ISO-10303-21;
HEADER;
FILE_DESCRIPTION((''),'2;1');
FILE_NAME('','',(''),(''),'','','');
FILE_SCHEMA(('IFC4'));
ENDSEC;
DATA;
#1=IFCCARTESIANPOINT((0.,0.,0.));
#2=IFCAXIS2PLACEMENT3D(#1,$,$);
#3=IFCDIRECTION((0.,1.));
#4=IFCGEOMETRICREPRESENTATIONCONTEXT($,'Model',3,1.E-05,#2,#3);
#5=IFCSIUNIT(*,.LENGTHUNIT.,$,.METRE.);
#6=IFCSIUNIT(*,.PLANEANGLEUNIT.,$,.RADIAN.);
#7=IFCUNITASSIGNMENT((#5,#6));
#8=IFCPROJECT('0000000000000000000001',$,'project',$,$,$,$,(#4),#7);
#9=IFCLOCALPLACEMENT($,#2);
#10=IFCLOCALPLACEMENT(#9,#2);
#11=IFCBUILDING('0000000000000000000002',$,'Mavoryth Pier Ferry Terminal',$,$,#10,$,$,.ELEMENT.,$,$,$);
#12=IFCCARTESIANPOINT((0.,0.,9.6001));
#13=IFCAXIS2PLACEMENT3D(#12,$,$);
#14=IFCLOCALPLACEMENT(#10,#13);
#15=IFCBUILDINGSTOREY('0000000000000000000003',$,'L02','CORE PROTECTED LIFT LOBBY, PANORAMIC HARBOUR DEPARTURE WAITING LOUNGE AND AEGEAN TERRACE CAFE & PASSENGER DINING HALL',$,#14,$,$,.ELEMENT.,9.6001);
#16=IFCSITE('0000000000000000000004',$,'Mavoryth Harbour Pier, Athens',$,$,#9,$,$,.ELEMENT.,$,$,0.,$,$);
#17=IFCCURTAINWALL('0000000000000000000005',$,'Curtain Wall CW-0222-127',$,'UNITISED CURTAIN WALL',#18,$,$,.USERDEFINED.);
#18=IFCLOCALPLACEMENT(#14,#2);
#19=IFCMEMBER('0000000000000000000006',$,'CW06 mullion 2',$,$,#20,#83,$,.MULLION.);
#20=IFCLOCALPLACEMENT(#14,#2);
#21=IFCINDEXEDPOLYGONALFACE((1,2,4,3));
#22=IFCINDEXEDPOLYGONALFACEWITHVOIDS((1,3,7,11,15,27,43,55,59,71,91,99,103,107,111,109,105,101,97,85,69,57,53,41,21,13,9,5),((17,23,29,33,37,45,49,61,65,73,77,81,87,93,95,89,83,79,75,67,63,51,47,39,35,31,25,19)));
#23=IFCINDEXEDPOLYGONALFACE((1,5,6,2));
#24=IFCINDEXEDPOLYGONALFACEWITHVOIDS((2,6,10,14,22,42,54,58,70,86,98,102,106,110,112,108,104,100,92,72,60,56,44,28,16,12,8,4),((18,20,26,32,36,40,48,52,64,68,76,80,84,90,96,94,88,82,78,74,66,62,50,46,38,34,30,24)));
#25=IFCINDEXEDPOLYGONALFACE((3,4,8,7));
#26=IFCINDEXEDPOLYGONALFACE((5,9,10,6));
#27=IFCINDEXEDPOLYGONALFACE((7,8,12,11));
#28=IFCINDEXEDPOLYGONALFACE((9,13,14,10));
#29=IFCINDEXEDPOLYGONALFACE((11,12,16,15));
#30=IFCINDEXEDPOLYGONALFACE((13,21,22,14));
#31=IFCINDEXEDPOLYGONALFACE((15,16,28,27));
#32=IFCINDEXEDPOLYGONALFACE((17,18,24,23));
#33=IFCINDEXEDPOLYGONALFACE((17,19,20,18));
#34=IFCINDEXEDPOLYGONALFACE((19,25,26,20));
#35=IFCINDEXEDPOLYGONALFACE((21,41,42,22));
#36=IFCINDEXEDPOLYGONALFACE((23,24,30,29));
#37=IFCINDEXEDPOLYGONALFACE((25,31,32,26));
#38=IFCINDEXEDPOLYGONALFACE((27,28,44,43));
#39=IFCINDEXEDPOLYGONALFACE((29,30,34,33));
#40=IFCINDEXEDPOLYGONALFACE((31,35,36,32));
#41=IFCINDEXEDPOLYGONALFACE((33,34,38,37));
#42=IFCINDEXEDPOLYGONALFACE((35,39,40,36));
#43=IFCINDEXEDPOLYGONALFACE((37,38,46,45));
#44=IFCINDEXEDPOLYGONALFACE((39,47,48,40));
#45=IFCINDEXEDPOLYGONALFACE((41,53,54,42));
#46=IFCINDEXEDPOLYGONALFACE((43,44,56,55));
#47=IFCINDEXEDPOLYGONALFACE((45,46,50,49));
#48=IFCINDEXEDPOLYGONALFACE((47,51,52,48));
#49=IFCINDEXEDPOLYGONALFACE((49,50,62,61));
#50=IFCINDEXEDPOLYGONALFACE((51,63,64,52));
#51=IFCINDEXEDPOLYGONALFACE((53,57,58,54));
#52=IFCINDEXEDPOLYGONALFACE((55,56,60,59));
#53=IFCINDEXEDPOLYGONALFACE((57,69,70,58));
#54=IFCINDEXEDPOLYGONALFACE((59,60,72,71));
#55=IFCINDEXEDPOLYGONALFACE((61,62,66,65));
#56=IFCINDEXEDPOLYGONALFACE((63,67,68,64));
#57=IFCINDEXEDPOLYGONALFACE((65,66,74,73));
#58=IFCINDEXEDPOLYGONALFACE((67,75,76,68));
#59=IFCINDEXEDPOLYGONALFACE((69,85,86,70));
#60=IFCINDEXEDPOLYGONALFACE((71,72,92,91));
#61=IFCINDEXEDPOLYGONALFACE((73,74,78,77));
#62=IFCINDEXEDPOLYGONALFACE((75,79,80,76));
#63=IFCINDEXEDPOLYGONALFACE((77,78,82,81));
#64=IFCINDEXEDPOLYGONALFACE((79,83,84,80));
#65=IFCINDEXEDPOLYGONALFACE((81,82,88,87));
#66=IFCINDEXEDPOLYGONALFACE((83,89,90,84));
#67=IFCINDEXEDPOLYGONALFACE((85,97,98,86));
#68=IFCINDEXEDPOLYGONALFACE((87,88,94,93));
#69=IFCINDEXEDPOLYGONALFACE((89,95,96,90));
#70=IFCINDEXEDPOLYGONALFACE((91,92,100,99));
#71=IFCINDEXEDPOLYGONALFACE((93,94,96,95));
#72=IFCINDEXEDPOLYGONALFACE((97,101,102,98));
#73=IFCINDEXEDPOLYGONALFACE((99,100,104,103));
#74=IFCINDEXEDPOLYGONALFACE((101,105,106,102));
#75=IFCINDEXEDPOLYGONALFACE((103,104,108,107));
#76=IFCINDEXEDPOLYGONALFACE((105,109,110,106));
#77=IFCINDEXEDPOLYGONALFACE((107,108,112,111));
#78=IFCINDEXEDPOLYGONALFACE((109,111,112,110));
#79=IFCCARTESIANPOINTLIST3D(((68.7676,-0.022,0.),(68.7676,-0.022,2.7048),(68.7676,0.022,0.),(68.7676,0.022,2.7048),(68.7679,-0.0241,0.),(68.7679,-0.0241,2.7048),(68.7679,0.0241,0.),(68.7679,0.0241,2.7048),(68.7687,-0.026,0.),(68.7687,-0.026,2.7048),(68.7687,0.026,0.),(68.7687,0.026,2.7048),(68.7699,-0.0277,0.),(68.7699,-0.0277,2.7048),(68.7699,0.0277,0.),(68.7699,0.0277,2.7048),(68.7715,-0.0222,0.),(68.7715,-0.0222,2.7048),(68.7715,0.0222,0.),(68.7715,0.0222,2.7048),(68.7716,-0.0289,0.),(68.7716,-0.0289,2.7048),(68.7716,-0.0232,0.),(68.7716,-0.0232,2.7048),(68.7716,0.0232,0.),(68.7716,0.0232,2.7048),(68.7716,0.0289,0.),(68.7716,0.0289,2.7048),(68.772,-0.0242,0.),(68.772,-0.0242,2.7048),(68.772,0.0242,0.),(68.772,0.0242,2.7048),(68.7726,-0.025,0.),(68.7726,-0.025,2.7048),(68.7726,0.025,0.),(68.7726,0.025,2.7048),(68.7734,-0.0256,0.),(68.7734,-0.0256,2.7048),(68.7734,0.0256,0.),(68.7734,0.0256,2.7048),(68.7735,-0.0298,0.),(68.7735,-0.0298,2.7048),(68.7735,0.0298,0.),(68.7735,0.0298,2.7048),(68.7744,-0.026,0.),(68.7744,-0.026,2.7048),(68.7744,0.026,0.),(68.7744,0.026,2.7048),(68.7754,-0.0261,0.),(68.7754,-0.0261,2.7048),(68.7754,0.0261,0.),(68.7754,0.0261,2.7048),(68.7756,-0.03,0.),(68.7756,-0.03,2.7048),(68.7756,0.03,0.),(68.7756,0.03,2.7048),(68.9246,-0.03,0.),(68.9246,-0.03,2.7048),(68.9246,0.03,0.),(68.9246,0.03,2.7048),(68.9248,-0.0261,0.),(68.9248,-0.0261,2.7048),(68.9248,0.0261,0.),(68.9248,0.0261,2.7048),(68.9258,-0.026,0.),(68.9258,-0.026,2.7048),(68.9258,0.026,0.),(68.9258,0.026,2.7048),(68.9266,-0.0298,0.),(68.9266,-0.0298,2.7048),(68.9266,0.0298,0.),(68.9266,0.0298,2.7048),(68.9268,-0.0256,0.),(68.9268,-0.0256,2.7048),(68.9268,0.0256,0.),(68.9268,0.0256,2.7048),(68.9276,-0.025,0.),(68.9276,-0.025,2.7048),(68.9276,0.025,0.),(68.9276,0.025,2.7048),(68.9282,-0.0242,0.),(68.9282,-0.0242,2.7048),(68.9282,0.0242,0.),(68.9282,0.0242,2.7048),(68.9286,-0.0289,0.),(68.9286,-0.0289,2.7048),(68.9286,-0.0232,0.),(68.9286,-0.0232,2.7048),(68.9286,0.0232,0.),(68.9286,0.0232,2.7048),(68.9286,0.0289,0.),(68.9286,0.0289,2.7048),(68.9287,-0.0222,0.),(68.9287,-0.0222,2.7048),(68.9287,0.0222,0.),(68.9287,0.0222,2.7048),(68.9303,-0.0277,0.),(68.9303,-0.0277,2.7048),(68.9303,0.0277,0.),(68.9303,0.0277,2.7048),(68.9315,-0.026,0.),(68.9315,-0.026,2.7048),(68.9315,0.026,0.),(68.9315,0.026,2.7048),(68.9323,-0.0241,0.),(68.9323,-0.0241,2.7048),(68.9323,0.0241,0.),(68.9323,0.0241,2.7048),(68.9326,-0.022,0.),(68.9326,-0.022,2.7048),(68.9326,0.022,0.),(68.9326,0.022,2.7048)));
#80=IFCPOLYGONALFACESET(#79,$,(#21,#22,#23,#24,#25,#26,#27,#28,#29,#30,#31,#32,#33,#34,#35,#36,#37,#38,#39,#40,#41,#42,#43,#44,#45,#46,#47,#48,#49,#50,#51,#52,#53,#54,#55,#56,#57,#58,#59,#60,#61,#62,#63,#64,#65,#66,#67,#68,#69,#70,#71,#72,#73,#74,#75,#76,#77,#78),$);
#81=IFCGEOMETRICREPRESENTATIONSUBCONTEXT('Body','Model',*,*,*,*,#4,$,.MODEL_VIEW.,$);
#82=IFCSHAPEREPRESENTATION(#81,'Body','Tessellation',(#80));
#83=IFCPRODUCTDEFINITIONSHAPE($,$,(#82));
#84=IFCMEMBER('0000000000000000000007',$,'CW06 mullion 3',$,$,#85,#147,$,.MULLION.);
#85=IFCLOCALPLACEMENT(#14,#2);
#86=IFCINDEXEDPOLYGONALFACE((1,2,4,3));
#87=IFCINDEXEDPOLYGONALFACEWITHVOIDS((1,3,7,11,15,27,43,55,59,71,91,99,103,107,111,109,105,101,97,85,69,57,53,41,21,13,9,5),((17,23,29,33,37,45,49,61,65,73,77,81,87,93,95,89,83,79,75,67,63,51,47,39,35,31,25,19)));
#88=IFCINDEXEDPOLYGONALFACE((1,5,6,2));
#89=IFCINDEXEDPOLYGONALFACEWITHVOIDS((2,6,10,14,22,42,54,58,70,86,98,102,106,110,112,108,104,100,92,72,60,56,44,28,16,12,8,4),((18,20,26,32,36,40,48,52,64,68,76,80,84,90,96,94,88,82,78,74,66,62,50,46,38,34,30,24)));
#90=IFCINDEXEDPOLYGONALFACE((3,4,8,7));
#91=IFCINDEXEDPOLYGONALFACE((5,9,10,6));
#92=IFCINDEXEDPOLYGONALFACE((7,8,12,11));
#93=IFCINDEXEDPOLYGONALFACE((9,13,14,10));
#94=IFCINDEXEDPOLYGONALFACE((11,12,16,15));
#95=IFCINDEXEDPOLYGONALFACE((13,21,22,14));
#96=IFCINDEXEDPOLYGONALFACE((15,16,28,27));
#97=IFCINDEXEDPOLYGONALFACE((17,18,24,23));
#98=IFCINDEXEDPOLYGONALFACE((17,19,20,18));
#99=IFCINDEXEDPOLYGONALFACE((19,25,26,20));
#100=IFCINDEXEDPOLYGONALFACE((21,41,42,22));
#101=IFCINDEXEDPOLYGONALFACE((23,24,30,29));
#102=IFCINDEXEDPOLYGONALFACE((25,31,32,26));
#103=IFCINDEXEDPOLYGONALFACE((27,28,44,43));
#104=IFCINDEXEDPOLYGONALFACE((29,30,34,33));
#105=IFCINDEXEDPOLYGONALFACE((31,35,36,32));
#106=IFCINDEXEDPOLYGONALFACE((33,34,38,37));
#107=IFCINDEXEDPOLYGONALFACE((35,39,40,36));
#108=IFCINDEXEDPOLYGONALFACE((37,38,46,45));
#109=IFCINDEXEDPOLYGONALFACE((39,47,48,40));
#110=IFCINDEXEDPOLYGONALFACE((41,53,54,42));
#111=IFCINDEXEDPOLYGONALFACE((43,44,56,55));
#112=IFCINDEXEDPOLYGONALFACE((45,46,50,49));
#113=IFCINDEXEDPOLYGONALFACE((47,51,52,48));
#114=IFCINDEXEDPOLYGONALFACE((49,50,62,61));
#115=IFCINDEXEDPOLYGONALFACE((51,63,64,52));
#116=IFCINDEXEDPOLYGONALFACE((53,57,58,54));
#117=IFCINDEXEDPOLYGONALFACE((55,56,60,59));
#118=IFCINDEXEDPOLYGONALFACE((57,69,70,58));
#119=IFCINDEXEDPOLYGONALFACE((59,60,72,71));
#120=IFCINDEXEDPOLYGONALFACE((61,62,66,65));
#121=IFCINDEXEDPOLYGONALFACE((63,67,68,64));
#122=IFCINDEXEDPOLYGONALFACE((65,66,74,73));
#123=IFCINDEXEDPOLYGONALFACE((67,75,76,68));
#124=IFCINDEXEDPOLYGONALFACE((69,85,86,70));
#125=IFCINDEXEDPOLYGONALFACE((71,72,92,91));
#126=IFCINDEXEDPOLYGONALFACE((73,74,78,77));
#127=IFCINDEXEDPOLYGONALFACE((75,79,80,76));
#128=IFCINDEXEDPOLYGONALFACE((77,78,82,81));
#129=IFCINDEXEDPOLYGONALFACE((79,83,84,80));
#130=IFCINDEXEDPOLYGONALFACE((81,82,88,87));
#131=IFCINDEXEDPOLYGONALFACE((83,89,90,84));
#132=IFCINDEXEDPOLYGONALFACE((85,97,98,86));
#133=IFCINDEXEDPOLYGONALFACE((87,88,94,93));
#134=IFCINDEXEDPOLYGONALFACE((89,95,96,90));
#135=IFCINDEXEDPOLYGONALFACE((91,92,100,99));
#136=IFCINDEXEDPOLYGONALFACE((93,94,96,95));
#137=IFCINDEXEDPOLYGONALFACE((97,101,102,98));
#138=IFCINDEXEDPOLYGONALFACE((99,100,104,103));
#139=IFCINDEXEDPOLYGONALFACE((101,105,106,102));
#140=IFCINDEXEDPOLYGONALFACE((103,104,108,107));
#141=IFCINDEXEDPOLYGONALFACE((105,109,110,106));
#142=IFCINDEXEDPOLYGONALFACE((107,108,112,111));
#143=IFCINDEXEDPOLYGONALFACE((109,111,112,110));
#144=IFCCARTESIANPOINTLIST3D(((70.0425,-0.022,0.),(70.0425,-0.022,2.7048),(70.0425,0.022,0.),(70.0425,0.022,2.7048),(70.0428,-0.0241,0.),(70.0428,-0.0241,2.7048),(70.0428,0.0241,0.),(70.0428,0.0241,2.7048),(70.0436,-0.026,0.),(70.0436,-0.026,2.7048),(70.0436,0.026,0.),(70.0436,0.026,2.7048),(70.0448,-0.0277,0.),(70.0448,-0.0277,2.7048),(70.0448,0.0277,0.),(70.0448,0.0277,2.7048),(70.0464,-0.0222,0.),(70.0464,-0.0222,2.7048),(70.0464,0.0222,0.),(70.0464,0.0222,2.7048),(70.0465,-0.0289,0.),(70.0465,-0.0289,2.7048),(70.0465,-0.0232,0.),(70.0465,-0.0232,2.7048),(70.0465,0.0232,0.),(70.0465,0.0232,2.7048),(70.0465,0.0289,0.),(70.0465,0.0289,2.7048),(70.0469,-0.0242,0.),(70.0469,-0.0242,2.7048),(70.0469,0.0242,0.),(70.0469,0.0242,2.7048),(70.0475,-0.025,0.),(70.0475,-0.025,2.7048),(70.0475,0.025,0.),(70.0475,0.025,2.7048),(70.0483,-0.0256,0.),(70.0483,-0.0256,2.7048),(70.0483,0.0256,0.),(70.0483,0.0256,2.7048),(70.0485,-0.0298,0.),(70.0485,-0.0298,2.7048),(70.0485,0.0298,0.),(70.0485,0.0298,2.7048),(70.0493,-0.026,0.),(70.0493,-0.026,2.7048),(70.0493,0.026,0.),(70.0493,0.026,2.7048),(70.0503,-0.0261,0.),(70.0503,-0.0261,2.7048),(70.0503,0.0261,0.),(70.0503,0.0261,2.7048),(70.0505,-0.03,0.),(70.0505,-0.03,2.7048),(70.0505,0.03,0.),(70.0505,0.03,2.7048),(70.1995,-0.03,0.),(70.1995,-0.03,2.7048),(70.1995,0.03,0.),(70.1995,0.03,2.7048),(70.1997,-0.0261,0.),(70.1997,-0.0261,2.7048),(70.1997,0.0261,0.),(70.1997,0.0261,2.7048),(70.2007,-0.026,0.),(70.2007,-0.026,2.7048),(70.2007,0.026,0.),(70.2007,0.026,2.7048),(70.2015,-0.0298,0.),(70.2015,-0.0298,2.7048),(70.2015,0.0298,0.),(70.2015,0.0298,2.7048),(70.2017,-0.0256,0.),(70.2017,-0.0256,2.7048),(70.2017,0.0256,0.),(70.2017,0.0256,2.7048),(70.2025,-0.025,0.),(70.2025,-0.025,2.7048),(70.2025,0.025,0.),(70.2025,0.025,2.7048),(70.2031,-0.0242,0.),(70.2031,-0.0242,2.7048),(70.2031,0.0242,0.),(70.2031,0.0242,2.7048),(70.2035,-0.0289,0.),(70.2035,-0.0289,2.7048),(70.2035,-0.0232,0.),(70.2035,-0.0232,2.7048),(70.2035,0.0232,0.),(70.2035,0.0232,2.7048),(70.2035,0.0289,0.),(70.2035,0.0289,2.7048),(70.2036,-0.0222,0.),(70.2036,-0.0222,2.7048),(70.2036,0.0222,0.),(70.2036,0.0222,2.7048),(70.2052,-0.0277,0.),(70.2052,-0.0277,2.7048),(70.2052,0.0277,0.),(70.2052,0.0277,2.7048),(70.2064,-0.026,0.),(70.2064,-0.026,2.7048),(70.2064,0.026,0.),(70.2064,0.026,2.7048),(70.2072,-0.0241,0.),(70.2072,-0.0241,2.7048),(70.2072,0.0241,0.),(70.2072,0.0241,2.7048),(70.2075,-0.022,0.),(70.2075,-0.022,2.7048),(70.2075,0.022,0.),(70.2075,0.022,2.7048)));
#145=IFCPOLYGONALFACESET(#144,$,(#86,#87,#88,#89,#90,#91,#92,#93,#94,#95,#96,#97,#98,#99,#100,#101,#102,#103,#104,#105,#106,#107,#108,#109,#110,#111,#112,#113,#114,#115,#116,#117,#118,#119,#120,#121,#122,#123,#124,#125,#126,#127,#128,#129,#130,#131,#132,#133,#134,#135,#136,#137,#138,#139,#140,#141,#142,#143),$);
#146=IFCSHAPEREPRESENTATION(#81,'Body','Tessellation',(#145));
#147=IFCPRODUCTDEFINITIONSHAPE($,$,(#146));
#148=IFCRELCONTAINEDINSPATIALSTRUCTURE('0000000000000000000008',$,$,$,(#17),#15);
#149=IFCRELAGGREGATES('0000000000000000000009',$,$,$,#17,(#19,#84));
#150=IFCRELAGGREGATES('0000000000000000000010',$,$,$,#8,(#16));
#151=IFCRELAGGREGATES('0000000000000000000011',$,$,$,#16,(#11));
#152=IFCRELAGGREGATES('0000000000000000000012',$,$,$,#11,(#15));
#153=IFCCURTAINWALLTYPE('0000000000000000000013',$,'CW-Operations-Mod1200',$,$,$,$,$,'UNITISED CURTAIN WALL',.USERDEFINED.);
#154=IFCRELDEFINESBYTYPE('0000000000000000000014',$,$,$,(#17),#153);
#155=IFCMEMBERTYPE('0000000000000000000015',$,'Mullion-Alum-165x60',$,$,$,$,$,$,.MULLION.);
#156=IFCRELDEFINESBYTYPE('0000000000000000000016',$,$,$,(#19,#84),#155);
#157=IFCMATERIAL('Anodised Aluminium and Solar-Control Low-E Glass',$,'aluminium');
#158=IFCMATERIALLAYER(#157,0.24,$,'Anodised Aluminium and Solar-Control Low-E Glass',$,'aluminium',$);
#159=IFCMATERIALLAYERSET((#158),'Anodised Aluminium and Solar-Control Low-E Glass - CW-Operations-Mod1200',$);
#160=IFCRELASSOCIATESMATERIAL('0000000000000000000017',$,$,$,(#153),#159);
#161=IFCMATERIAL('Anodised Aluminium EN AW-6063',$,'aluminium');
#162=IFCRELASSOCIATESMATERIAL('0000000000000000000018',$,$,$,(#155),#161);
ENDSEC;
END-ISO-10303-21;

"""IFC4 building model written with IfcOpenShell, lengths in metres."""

from ifc_helpers import new_model, si_unit, direction, frame, origin, origin_2d, place, context, subcontext, project, spatial, hollow_rectangle, extrude, material, layer, layer_set, material_profile, profile_set, type_object, element, aggregate, save


model = new_model("IFC4")

# Units and contexts
model_context = context("Model", 3, precision=1e-05, world=origin(), true_north=direction((0.0, 1.0)))
body_context = subcontext(model_context, "Body", "Model", "MODEL_VIEW")
ifc_project = project(units=[si_unit("LENGTHUNIT", "METRE"), si_unit("PLANEANGLEUNIT", "RADIAN")], contexts=[model_context])

# Site, building, storey
site_placement = place(None, origin())
site = spatial("IfcSite", under=ifc_project, at=site_placement, Name="Mavoryth Harbour Pier, Athens", CompositionType="ELEMENT", RefElevation=0.0)
building_placement = place(site_placement, origin())
building = spatial("IfcBuilding", under=site, at=building_placement, Name="Mavoryth Pier Ferry Terminal", CompositionType="ELEMENT")
storey_placement = place(building_placement, frame((0.0, 0.0, 9.6001)))
storey = spatial("IfcBuildingStorey", under=building, at=storey_placement, Name="L02", Description="CORE PROTECTED LIFT LOBBY, PANORAMIC HARBOUR DEPARTURE WAITING LOUNGE AND AEGEAN TERRACE CAFE & PASSENGER DINING HALL", CompositionType="ELEMENT", Elevation=9.6001)

# Shared definitions
ifc_material_1 = material(Name="Anodised Aluminium and Solar-Control Low-E Glass", Category="aluminium")
ifc_layer_1 = layer(ifc_material_1, 0.24, Name="Anodised Aluminium and Solar-Control Low-E Glass", Category="aluminium")
ifc_layer_set_1 = layer_set([ifc_layer_1], Name="Anodised Aluminium and Solar-Control Low-E Glass - CW-Operations-Mod1200")
curtain_wall_type = type_object("IfcCurtainWallType", Name="CW-Operations-Mod1200", ElementType="UNITISED CURTAIN WALL", PredefinedType="USERDEFINED", material=ifc_layer_set_1)
ifc_material_2 = material(Name="Anodised Aluminium EN AW-6063", Category="aluminium")
ifc_material_profile_1 = material_profile(ifc_material_2, hollow_rectangle(XDim=0.0601, YDim=0.165, WallThickness=0.0039, InnerFilletRadius=0.0039, OuterFilletRadius=0.0081, at=origin_2d()), Name="AL-MULL 165x60x4", Category="aluminium")
ifc_profile_set_1 = profile_set([ifc_material_profile_1], Name="Anodised Aluminium EN AW-6063 - AL-MULL 165x60x4")
member_type_1 = type_object("IfcMemberType", Name="Mullion-Alum-165x60", PredefinedType="MULLION", material=ifc_profile_set_1)

# Curtain wall, members
curtain_wall_1_placement = place(storey_placement, origin())
curtain_wall_1 = element("IfcCurtainWall", 1, at=curtain_wall_1_placement, inside=storey, type_object=curtain_wall_type, Name="Curtain Wall CW-0222-127", ObjectType="UNITISED CURTAIN WALL", PredefinedType="USERDEFINED")
member_1_placement = place(storey_placement, frame((68.8501, 0.0, 0.0), z_axis=(0.0, 0.0, 1.0), x_axis=(0.0, 1.0, 0.0)))
member_1 = element("IfcMember", 2, at=member_1_placement, type_object=member_type_1, Name="CW06 mullion 2", PredefinedType="MULLION", context=body_context, shape_type="SweptSolid", body=[
    extrude(hollow_rectangle(XDim=0.0601, YDim=0.165, WallThickness=0.0039, InnerFilletRadius=0.0039, OuterFilletRadius=0.0081, at=origin_2d()), origin(), (0.0, 0.0, 1.0), 2.7048),
])
member_2_placement = place(storey_placement, frame((70.125, 0.0, 0.0), z_axis=(0.0, 0.0, 1.0), x_axis=(0.0, 1.0, 0.0)))
member_2 = element("IfcMember", 3, at=member_2_placement, type_object=member_type_1, Name="CW06 mullion 3", PredefinedType="MULLION", context=body_context, shape_type="SweptSolid", body=[
    extrude(hollow_rectangle(XDim=0.0601, YDim=0.165, WallThickness=0.0039, InnerFilletRadius=0.0039, OuterFilletRadius=0.0081, at=origin_2d()), origin(), (0.0, 0.0, 1.0), 2.7048),
])

aggregate(curtain_wall_1, [member_1, member_2])

save(model, "model.ifc")
